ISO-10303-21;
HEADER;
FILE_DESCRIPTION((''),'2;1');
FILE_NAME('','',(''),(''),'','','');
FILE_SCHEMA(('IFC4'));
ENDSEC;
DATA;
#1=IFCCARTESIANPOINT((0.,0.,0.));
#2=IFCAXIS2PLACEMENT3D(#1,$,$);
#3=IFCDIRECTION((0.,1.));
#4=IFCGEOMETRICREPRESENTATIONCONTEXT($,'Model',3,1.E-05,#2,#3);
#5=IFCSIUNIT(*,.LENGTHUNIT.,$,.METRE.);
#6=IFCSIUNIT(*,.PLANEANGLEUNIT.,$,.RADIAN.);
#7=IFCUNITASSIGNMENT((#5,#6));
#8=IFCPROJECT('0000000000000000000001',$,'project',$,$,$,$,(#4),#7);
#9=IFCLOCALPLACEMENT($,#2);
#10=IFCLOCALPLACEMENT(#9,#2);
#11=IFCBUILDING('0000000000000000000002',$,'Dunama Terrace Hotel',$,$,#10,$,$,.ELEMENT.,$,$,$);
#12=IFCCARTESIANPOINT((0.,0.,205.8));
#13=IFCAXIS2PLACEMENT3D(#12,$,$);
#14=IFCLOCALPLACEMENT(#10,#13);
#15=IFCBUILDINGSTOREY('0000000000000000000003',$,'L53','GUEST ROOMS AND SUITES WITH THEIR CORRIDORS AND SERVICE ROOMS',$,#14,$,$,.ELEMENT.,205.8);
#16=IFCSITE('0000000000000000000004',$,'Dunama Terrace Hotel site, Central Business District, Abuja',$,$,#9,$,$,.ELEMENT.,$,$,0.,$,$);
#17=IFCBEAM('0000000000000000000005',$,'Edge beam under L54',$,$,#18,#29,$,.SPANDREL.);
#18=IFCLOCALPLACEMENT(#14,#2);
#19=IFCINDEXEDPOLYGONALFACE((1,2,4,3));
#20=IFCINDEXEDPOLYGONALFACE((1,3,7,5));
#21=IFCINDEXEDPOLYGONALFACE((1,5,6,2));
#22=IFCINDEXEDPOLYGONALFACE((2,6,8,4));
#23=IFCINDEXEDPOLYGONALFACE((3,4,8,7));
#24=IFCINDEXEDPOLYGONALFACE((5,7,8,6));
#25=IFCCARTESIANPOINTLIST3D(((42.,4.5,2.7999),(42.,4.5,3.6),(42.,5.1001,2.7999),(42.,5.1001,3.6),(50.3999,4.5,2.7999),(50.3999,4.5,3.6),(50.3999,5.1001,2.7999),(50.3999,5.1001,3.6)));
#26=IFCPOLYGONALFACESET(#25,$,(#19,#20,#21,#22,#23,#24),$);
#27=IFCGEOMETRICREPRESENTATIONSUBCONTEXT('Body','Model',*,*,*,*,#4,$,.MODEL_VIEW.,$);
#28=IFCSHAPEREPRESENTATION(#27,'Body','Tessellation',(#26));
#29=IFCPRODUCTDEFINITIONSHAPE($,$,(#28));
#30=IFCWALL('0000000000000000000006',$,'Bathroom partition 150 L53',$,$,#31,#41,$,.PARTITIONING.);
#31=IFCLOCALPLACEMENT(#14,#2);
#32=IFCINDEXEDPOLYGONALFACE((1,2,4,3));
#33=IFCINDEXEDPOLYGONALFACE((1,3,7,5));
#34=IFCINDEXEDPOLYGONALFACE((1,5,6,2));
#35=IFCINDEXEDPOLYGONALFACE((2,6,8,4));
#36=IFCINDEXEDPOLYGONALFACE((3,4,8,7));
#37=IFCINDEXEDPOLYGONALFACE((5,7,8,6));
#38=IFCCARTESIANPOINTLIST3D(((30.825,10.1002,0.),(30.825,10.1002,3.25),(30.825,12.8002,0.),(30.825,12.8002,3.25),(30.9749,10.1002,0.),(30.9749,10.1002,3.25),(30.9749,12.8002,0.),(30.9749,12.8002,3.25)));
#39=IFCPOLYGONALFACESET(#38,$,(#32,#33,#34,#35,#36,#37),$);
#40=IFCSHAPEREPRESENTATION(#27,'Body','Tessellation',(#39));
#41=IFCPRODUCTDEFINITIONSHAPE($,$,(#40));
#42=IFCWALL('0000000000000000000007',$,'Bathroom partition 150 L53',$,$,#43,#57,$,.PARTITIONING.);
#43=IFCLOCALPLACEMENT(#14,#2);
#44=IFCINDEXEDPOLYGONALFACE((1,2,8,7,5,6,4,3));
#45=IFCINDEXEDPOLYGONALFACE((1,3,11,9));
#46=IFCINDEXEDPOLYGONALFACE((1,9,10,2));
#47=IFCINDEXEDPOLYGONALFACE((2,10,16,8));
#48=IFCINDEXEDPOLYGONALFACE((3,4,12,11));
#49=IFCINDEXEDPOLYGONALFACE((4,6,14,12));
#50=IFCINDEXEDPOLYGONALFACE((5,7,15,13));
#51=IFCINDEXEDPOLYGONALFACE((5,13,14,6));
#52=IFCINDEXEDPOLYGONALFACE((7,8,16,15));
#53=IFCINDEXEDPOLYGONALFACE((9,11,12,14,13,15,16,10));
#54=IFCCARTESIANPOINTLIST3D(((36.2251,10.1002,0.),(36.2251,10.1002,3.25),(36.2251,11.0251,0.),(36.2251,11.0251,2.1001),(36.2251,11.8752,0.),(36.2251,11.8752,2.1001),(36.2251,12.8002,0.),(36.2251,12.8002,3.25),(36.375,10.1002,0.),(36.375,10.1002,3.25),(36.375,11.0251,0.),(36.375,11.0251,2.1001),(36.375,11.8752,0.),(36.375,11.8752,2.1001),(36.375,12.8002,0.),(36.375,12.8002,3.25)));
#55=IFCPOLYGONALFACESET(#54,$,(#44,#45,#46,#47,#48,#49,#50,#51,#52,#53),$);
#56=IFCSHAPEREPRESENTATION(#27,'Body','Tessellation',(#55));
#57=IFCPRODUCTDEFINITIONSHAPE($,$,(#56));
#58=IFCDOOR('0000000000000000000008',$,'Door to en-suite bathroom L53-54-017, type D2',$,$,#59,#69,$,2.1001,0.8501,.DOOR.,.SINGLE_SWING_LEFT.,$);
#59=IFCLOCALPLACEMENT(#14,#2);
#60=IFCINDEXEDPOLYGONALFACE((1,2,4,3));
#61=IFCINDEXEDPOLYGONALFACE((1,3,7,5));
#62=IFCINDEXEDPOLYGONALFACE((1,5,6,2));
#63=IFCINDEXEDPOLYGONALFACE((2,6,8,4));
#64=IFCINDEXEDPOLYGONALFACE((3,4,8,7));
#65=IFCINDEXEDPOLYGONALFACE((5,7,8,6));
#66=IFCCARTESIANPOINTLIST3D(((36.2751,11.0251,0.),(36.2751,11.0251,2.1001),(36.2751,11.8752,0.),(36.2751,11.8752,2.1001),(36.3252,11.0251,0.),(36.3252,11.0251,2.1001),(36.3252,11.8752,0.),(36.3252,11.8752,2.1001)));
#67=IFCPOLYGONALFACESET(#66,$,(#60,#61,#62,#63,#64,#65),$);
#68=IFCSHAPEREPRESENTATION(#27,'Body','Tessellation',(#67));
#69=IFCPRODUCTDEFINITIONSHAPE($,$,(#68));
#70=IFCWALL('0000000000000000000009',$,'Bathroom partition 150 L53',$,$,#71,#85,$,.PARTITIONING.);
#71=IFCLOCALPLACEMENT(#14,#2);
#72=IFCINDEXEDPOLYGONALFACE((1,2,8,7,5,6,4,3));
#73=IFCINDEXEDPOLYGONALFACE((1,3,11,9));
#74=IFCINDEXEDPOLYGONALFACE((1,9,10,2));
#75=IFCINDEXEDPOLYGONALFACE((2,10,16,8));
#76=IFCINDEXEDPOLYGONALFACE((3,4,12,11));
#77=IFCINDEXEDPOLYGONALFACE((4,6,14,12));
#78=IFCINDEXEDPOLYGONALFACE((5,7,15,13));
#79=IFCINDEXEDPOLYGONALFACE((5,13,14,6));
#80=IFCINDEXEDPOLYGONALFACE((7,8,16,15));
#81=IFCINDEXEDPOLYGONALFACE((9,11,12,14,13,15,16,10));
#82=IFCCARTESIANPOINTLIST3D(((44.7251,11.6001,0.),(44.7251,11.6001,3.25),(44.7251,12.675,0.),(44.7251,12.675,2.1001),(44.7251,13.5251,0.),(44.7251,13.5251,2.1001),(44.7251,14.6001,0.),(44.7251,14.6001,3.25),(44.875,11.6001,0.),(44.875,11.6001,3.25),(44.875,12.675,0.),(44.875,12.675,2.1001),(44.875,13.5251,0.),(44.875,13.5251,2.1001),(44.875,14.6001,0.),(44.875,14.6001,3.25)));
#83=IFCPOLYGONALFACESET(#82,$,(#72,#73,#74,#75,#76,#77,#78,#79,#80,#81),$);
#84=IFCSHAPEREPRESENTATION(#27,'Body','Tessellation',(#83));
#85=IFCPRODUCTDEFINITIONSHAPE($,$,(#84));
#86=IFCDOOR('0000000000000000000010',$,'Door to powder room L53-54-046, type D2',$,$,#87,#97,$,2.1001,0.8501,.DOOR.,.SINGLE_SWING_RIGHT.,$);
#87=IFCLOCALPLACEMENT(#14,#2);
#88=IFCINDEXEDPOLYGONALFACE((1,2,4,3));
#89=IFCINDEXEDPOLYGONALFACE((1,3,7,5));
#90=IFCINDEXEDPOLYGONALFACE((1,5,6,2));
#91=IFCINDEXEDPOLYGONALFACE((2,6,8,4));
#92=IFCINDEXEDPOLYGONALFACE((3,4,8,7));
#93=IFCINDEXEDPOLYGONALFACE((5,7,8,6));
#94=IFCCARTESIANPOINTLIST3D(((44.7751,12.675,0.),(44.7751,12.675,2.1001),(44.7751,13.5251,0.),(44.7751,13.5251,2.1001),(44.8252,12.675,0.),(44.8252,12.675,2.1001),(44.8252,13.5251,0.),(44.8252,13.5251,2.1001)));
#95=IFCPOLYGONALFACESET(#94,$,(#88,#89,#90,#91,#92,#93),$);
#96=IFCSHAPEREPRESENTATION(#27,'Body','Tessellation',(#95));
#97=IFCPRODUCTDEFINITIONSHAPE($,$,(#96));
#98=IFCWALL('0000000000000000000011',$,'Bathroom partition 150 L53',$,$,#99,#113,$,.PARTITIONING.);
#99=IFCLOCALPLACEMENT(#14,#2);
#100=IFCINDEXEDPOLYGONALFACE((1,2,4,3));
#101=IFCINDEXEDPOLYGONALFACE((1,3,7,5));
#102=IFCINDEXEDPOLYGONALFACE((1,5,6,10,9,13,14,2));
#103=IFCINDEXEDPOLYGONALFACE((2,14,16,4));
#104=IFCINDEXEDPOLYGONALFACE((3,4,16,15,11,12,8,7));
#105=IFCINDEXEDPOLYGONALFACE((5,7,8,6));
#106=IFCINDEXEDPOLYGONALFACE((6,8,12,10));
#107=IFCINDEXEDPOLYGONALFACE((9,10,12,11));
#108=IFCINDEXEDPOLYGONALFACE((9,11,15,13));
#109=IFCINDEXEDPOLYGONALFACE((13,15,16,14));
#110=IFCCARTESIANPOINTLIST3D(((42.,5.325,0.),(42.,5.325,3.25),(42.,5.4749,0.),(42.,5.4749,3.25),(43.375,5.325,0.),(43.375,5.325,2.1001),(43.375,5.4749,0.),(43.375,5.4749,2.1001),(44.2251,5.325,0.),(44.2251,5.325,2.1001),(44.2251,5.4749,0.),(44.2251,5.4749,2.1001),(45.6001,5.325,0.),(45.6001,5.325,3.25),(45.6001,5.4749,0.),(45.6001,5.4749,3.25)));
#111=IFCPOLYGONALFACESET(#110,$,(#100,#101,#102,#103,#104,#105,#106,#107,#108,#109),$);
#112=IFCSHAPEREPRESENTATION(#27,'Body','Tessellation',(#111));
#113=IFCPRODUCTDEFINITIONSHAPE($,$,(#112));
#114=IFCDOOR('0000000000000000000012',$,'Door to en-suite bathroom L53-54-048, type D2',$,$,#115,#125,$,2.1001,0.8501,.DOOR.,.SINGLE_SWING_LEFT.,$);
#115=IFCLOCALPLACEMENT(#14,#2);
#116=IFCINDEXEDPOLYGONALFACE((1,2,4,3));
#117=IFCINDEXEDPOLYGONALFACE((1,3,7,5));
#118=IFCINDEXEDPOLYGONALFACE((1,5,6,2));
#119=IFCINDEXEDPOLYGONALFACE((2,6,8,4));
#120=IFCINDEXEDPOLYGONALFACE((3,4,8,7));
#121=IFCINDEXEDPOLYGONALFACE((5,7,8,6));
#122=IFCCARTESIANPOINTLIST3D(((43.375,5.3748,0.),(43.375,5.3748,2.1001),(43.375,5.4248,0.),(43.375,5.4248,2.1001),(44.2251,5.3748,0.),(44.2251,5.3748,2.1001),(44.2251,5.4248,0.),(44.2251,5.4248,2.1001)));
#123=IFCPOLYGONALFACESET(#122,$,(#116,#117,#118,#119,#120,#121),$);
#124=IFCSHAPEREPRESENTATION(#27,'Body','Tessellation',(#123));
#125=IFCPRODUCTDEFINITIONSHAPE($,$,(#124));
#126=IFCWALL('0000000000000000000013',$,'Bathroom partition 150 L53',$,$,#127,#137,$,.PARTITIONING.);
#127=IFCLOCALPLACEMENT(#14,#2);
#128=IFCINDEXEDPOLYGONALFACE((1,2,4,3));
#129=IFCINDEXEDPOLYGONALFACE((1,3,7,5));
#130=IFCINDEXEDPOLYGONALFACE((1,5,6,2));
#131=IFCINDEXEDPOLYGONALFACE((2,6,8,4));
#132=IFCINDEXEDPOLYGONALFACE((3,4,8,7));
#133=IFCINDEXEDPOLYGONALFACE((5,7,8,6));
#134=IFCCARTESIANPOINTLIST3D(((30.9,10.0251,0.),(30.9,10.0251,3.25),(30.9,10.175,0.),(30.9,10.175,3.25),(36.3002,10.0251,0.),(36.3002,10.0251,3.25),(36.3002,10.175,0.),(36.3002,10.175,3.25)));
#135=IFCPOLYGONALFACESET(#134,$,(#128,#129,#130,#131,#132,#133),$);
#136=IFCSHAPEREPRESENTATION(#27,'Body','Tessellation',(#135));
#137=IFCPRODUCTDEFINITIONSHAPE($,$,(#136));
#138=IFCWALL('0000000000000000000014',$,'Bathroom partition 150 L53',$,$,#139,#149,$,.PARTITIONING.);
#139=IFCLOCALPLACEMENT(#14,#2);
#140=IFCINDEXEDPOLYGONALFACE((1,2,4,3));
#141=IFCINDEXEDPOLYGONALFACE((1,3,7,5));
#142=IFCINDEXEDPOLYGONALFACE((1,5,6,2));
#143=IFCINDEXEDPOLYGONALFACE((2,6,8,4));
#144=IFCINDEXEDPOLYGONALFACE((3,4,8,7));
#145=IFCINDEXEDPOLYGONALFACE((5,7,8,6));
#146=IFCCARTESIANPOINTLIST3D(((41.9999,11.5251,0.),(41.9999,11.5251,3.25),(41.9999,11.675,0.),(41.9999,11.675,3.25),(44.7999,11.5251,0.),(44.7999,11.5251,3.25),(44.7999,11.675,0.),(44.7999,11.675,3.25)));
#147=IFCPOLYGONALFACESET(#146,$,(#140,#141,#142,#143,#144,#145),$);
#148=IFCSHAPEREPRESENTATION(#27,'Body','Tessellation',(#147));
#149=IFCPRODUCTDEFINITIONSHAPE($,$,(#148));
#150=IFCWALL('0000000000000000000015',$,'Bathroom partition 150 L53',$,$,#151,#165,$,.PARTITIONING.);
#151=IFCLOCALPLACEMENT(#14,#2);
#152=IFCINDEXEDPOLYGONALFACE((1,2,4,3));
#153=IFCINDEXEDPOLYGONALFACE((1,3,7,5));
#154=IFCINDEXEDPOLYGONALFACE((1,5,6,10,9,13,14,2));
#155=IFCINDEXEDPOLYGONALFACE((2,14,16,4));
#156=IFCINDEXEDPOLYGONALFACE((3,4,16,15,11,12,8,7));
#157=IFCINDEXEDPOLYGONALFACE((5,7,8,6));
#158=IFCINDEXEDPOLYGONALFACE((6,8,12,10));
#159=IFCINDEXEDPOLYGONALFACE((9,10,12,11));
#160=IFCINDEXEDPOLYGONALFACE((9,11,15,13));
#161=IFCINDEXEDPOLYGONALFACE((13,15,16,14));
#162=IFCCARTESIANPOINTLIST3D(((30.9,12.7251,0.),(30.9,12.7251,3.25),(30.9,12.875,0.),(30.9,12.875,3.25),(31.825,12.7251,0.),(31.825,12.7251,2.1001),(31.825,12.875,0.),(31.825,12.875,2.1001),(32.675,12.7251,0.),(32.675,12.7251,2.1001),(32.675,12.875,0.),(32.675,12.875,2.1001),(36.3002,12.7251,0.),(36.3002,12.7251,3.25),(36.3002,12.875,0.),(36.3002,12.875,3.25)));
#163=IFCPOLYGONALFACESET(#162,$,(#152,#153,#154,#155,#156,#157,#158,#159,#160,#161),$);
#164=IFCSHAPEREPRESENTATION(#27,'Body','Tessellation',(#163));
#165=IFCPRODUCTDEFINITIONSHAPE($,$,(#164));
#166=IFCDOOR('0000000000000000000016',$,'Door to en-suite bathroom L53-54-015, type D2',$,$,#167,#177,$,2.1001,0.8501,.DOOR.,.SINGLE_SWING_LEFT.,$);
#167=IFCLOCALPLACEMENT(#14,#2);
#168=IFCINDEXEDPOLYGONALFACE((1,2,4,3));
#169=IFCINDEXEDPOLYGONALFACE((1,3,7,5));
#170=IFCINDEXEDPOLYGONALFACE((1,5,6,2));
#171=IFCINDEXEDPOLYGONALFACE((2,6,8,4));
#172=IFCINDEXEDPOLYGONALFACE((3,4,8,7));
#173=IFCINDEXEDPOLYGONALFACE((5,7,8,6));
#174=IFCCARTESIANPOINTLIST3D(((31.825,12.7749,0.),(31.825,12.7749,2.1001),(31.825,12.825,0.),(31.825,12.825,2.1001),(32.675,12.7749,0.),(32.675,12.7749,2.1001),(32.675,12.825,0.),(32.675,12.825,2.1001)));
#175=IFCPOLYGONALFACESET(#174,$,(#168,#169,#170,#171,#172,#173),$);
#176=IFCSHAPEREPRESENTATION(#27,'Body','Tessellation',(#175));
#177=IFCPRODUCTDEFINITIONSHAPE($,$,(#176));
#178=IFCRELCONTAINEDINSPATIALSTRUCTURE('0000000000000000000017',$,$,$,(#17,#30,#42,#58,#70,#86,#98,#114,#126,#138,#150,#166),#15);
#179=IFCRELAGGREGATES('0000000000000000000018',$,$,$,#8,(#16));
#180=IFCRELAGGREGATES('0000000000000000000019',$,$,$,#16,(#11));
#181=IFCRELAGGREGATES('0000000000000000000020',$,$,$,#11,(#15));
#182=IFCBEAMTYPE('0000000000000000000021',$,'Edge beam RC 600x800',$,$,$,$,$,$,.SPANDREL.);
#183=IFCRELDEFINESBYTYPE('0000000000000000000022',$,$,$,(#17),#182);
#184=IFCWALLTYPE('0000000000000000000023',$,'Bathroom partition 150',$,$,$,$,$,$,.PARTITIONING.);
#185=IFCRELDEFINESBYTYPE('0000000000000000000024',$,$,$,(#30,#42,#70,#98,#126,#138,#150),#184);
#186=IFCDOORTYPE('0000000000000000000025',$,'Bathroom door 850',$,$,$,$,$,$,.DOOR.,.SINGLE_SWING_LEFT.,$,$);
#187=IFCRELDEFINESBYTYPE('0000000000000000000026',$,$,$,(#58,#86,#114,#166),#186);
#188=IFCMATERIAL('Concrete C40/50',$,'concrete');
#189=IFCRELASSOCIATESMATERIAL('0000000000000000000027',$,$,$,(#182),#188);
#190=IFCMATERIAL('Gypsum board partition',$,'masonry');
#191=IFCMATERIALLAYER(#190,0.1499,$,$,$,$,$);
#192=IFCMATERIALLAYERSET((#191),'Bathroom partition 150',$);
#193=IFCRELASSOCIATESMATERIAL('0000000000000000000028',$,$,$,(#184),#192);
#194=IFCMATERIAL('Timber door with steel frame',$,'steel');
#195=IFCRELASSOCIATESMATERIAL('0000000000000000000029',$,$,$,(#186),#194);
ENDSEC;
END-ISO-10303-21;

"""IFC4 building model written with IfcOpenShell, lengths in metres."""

from ifc_helpers import new_model, si_unit, direction, frame, frame_2d, origin, origin_2d, place, context, subcontext, project, spatial, rectangle, extrude, material, layer, layer_set, material_profile, profile_set, type_object, element, fill, save


model = new_model("IFC4")

# Units and contexts
model_context = context("Model", 3, precision=1e-05, world=origin(), true_north=direction((0.0, 1.0)))
body_context = subcontext(model_context, "Body", "Model", "MODEL_VIEW")
ifc_project = project(units=[si_unit("LENGTHUNIT", "METRE"), si_unit("PLANEANGLEUNIT", "RADIAN")], contexts=[model_context])

# Site, building, storey
site_placement = place(None, origin())
site = spatial("IfcSite", under=ifc_project, at=site_placement, Name="Dunama Terrace Hotel site, Central Business District, Abuja", CompositionType="ELEMENT", RefElevation=0.0)
building_placement = place(site_placement, origin())
building = spatial("IfcBuilding", under=site, at=building_placement, Name="Dunama Terrace Hotel", CompositionType="ELEMENT")
storey_placement = place(building_placement, frame((0.0, 0.0, 205.8)))
storey = spatial("IfcBuildingStorey", under=building, at=storey_placement, Name="L53", Description="GUEST ROOMS AND SUITES WITH THEIR CORRIDORS AND SERVICE ROOMS", CompositionType="ELEMENT", Elevation=205.8)

# Beam
ifc_material_1 = material(Name="Concrete C40/50", Category="concrete")
ifc_material_profile = material_profile(ifc_material_1, rectangle(XDim=0.6001, YDim=0.8, at=origin_2d()), Name="RC 600x800")
ifc_profile_set = profile_set([ifc_material_profile], Name="Concrete C40/50")
beam_type = type_object("IfcBeamType", Name="Edge beam RC 600x800", PredefinedType="SPANDREL", material=ifc_profile_set)
beam_placement = place(storey_placement, frame((42.0, 4.8, 3.2), z_axis=(1.0, 0.0, 0.0), x_axis=(0.0, 1.0, 0.0)))
element("IfcBeam", 1, at=beam_placement, inside=storey, type_object=beam_type, Name="Edge beam under L54", PredefinedType="SPANDREL", context=body_context, shape_type="SweptSolid", body=[
    extrude(rectangle(XDim=0.6001, YDim=0.8, at=origin_2d()), origin(), (0.0, 0.0, 1.0), 8.3999),
])

# Wall
ifc_material_2 = material(Name="Gypsum board partition", Category="masonry")
ifc_layer_1 = layer(ifc_material_2, 0.1499)
ifc_layer_set_1 = layer_set([ifc_layer_1], Name="Bathroom partition 150")
wall_type_1 = type_object("IfcWallType", Name="Bathroom partition 150", PredefinedType="PARTITIONING", material=ifc_layer_set_1)
wall_1_placement = place(storey_placement, frame((30.8999, 10.1001, 0.0), z_axis=(0.0, 0.0, 1.0), x_axis=(0.0, 1.0, 0.0)))
element("IfcWall", 2, at=wall_1_placement, inside=storey, type_object=wall_type_1, Name="Bathroom partition 150 L53", PredefinedType="PARTITIONING", context=body_context, shape_type="SweptSolid", body=[
    extrude(rectangle(XDim=2.7, YDim=0.1499, at=frame_2d((1.3501, 0.0))), origin(), (0.0, 0.0, 1.0), 3.25),
])

# Walls, openings, doors
wall_2_placement = place(storey_placement, frame((36.3, 10.1001, 0.0), z_axis=(0.0, 0.0, 1.0), x_axis=(0.0, 1.0, 0.0)))
wall_2 = element("IfcWall", 3, at=wall_2_placement, inside=storey, type_object=wall_type_1, Name="Bathroom partition 150 L53", PredefinedType="PARTITIONING", context=body_context, shape_type="SweptSolid", body=[
    extrude(rectangle(XDim=2.7, YDim=0.1499, at=frame_2d((1.3501, 0.0))), origin(), (0.0, 0.0, 1.0), 3.25),
])
opening_1_placement = place(wall_2_placement, frame((0.925, 0.0, 0.0)))
opening_1 = element("IfcOpeningElement", 4, at=opening_1_placement, cuts=wall_2, PredefinedType="OPENING", context=body_context, shape_type="SweptSolid", body=[
    extrude(rectangle(XDim=0.8501, YDim=2.1001, at=frame_2d((0.425, 1.05))), frame((0.0, 0.085, 0.0), z_axis=(0.0, -1.0, 0.0), x_axis=(1.0, 0.0, 0.0)), (0.0, 0.0, 1.0), 0.1699),
])
ifc_material_3 = material(Name="Timber door with steel frame", Category="steel")
door_type_1 = type_object("IfcDoorType", Name="Bathroom door 850", OperationType="SINGLE_SWING_LEFT", PredefinedType="DOOR", material=ifc_material_3)
door_1_placement = place(opening_1_placement, origin())
door_1 = element("IfcDoor", 5, at=door_1_placement, inside=storey, type_object=door_type_1, Name="Door to en-suite bathroom L53-54-017, type D2", OperationType="SINGLE_SWING_LEFT", OverallHeight=2.1001, OverallWidth=0.8501, PredefinedType="DOOR", context=body_context, shape_type="SweptSolid", body=[
    extrude(rectangle(XDim=0.8501, YDim=2.1001, at=frame_2d((0.425, 1.05))), frame((0.0, 0.0249, 0.0), z_axis=(0.0, -1.0, 0.0), x_axis=(1.0, 0.0, 0.0)), (0.0, 0.0, 1.0), 0.05),
])
fill(opening_1, door_1)
wall_3_placement = place(storey_placement, frame((44.8, 11.6001, 0.0), z_axis=(0.0, 0.0, 1.0), x_axis=(0.0, 1.0, 0.0)))
wall_3 = element("IfcWall", 6, at=wall_3_placement, inside=storey, type_object=wall_type_1, Name="Bathroom partition 150 L53", PredefinedType="PARTITIONING", context=body_context, shape_type="SweptSolid", body=[
    extrude(rectangle(XDim=3.0, YDim=0.1499, at=frame_2d((1.5, 0.0))), origin(), (0.0, 0.0, 1.0), 3.25),
])
opening_2_placement = place(wall_3_placement, frame((1.075, 0.0, 0.0)))
opening_2 = element("IfcOpeningElement", 7, at=opening_2_placement, cuts=wall_3, PredefinedType="OPENING", context=body_context, shape_type="SweptSolid", body=[
    extrude(rectangle(XDim=0.8501, YDim=2.1001, at=frame_2d((0.425, 1.05))), frame((0.0, 0.085, 0.0), z_axis=(0.0, -1.0, 0.0), x_axis=(1.0, 0.0, 0.0)), (0.0, 0.0, 1.0), 0.1699),
])
door_2_placement = place(opening_2_placement, origin())
door_2 = element("IfcDoor", 8, at=door_2_placement, inside=storey, type_object=door_type_1, Name="Door to powder room L53-54-046, type D2", OperationType="SINGLE_SWING_RIGHT", OverallHeight=2.1001, OverallWidth=0.8501, PredefinedType="DOOR", context=body_context, shape_type="SweptSolid", body=[
    extrude(rectangle(XDim=0.8501, YDim=2.1001, at=frame_2d((0.425, 1.05))), frame((0.0, 0.0249, 0.0), z_axis=(0.0, -1.0, 0.0), x_axis=(1.0, 0.0, 0.0)), (0.0, 0.0, 1.0), 0.05),
])
fill(opening_2, door_2)
wall_4_placement = place(storey_placement, frame((42.0, 5.3999, 0.0), z_axis=(0.0, 0.0, 1.0), x_axis=(1.0, 0.0, 0.0)))
wall_4 = element("IfcWall", 9, at=wall_4_placement, inside=storey, type_object=wall_type_1, Name="Bathroom partition 150 L53", PredefinedType="PARTITIONING", context=body_context, shape_type="SweptSolid", body=[
    extrude(rectangle(XDim=3.6001, YDim=0.1499, at=frame_2d((1.8, 0.0))), origin(), (0.0, 0.0, 1.0), 3.25),
])
opening_3_placement = place(wall_4_placement, frame((1.375, 0.0, 0.0)))
opening_3 = element("IfcOpeningElement", 10, at=opening_3_placement, cuts=wall_4, PredefinedType="OPENING", context=body_context, shape_type="SweptSolid", body=[
    extrude(rectangle(XDim=0.8501, YDim=2.1001, at=frame_2d((0.425, 1.05))), frame((0.0, 0.085, 0.0), z_axis=(0.0, -1.0, 0.0), x_axis=(1.0, 0.0, 0.0)), (0.0, 0.0, 1.0), 0.1699),
])
door_3_placement = place(opening_3_placement, origin())
door_3 = element("IfcDoor", 11, at=door_3_placement, inside=storey, type_object=door_type_1, Name="Door to en-suite bathroom L53-54-048, type D2", OperationType="SINGLE_SWING_LEFT", OverallHeight=2.1001, OverallWidth=0.8501, PredefinedType="DOOR", context=body_context, shape_type="SweptSolid", body=[
    extrude(rectangle(XDim=0.8501, YDim=2.1001, at=frame_2d((0.425, 1.05))), frame((0.0, 0.0249, 0.0), z_axis=(0.0, -1.0, 0.0), x_axis=(1.0, 0.0, 0.0)), (0.0, 0.0, 1.0), 0.05),
])
fill(opening_3, door_3)

# Walls
wall_5_placement = place(storey_placement, frame((30.8999, 10.1001, 0.0), z_axis=(0.0, 0.0, 1.0), x_axis=(1.0, 0.0, 0.0)))
element("IfcWall", 12, at=wall_5_placement, inside=storey, type_object=wall_type_1, Name="Bathroom partition 150 L53", PredefinedType="PARTITIONING", context=body_context, shape_type="SweptSolid", body=[
    extrude(rectangle(XDim=5.4001, YDim=0.1499, at=frame_2d((2.7002, 0.0))), origin(), (0.0, 0.0, 1.0), 3.25),
])
wall_6_placement = place(storey_placement, frame((42.0, 11.6001, 0.0), z_axis=(0.0, 0.0, 1.0), x_axis=(1.0, 0.0, 0.0)))
element("IfcWall", 13, at=wall_6_placement, inside=storey, type_object=wall_type_1, Name="Bathroom partition 150 L53", PredefinedType="PARTITIONING", context=body_context, shape_type="SweptSolid", body=[
    extrude(rectangle(XDim=2.8, YDim=0.1499, at=frame_2d((1.3999, 0.0))), origin(), (0.0, 0.0, 1.0), 3.25),
])

# Wall, opening, door
wall_7_placement = place(storey_placement, frame((30.8999, 12.8, 0.0), z_axis=(0.0, 0.0, 1.0), x_axis=(1.0, 0.0, 0.0)))
wall_7 = element("IfcWall", 14, at=wall_7_placement, inside=storey, type_object=wall_type_1, Name="Bathroom partition 150 L53", PredefinedType="PARTITIONING", context=body_context, shape_type="SweptSolid", body=[
    extrude(rectangle(XDim=5.4001, YDim=0.1499, at=frame_2d((2.7002, 0.0))), origin(), (0.0, 0.0, 1.0), 3.25),
])
opening_4_placement = place(wall_7_placement, frame((0.925, 0.0, 0.0)))
opening_4 = element("IfcOpeningElement", 15, at=opening_4_placement, cuts=wall_7, PredefinedType="OPENING", context=body_context, shape_type="SweptSolid", body=[
    extrude(rectangle(XDim=0.8501, YDim=2.1001, at=frame_2d((0.425, 1.05))), frame((0.0, 0.085, 0.0), z_axis=(0.0, -1.0, 0.0), x_axis=(1.0, 0.0, 0.0)), (0.0, 0.0, 1.0), 0.1699),
])
door_4_placement = place(opening_4_placement, frame((0.8501, 0.0, 0.0), z_axis=(0.0, 0.0, 1.0), x_axis=(-1.0, 0.0, 0.0)))
door_4 = element("IfcDoor", 16, at=door_4_placement, inside=storey, type_object=door_type_1, Name="Door to en-suite bathroom L53-54-015, type D2", OperationType="SINGLE_SWING_LEFT", OverallHeight=2.1001, OverallWidth=0.8501, PredefinedType="DOOR", context=body_context, shape_type="SweptSolid", body=[
    extrude(rectangle(XDim=0.8501, YDim=2.1001, at=frame_2d((0.425, 1.05))), frame((0.0, 0.0251, 0.0), z_axis=(0.0, -1.0, 0.0), x_axis=(1.0, 0.0, 0.0)), (0.0, 0.0, 1.0), 0.05),
])
fill(opening_4, door_4)

save(model, "model.ifc")
